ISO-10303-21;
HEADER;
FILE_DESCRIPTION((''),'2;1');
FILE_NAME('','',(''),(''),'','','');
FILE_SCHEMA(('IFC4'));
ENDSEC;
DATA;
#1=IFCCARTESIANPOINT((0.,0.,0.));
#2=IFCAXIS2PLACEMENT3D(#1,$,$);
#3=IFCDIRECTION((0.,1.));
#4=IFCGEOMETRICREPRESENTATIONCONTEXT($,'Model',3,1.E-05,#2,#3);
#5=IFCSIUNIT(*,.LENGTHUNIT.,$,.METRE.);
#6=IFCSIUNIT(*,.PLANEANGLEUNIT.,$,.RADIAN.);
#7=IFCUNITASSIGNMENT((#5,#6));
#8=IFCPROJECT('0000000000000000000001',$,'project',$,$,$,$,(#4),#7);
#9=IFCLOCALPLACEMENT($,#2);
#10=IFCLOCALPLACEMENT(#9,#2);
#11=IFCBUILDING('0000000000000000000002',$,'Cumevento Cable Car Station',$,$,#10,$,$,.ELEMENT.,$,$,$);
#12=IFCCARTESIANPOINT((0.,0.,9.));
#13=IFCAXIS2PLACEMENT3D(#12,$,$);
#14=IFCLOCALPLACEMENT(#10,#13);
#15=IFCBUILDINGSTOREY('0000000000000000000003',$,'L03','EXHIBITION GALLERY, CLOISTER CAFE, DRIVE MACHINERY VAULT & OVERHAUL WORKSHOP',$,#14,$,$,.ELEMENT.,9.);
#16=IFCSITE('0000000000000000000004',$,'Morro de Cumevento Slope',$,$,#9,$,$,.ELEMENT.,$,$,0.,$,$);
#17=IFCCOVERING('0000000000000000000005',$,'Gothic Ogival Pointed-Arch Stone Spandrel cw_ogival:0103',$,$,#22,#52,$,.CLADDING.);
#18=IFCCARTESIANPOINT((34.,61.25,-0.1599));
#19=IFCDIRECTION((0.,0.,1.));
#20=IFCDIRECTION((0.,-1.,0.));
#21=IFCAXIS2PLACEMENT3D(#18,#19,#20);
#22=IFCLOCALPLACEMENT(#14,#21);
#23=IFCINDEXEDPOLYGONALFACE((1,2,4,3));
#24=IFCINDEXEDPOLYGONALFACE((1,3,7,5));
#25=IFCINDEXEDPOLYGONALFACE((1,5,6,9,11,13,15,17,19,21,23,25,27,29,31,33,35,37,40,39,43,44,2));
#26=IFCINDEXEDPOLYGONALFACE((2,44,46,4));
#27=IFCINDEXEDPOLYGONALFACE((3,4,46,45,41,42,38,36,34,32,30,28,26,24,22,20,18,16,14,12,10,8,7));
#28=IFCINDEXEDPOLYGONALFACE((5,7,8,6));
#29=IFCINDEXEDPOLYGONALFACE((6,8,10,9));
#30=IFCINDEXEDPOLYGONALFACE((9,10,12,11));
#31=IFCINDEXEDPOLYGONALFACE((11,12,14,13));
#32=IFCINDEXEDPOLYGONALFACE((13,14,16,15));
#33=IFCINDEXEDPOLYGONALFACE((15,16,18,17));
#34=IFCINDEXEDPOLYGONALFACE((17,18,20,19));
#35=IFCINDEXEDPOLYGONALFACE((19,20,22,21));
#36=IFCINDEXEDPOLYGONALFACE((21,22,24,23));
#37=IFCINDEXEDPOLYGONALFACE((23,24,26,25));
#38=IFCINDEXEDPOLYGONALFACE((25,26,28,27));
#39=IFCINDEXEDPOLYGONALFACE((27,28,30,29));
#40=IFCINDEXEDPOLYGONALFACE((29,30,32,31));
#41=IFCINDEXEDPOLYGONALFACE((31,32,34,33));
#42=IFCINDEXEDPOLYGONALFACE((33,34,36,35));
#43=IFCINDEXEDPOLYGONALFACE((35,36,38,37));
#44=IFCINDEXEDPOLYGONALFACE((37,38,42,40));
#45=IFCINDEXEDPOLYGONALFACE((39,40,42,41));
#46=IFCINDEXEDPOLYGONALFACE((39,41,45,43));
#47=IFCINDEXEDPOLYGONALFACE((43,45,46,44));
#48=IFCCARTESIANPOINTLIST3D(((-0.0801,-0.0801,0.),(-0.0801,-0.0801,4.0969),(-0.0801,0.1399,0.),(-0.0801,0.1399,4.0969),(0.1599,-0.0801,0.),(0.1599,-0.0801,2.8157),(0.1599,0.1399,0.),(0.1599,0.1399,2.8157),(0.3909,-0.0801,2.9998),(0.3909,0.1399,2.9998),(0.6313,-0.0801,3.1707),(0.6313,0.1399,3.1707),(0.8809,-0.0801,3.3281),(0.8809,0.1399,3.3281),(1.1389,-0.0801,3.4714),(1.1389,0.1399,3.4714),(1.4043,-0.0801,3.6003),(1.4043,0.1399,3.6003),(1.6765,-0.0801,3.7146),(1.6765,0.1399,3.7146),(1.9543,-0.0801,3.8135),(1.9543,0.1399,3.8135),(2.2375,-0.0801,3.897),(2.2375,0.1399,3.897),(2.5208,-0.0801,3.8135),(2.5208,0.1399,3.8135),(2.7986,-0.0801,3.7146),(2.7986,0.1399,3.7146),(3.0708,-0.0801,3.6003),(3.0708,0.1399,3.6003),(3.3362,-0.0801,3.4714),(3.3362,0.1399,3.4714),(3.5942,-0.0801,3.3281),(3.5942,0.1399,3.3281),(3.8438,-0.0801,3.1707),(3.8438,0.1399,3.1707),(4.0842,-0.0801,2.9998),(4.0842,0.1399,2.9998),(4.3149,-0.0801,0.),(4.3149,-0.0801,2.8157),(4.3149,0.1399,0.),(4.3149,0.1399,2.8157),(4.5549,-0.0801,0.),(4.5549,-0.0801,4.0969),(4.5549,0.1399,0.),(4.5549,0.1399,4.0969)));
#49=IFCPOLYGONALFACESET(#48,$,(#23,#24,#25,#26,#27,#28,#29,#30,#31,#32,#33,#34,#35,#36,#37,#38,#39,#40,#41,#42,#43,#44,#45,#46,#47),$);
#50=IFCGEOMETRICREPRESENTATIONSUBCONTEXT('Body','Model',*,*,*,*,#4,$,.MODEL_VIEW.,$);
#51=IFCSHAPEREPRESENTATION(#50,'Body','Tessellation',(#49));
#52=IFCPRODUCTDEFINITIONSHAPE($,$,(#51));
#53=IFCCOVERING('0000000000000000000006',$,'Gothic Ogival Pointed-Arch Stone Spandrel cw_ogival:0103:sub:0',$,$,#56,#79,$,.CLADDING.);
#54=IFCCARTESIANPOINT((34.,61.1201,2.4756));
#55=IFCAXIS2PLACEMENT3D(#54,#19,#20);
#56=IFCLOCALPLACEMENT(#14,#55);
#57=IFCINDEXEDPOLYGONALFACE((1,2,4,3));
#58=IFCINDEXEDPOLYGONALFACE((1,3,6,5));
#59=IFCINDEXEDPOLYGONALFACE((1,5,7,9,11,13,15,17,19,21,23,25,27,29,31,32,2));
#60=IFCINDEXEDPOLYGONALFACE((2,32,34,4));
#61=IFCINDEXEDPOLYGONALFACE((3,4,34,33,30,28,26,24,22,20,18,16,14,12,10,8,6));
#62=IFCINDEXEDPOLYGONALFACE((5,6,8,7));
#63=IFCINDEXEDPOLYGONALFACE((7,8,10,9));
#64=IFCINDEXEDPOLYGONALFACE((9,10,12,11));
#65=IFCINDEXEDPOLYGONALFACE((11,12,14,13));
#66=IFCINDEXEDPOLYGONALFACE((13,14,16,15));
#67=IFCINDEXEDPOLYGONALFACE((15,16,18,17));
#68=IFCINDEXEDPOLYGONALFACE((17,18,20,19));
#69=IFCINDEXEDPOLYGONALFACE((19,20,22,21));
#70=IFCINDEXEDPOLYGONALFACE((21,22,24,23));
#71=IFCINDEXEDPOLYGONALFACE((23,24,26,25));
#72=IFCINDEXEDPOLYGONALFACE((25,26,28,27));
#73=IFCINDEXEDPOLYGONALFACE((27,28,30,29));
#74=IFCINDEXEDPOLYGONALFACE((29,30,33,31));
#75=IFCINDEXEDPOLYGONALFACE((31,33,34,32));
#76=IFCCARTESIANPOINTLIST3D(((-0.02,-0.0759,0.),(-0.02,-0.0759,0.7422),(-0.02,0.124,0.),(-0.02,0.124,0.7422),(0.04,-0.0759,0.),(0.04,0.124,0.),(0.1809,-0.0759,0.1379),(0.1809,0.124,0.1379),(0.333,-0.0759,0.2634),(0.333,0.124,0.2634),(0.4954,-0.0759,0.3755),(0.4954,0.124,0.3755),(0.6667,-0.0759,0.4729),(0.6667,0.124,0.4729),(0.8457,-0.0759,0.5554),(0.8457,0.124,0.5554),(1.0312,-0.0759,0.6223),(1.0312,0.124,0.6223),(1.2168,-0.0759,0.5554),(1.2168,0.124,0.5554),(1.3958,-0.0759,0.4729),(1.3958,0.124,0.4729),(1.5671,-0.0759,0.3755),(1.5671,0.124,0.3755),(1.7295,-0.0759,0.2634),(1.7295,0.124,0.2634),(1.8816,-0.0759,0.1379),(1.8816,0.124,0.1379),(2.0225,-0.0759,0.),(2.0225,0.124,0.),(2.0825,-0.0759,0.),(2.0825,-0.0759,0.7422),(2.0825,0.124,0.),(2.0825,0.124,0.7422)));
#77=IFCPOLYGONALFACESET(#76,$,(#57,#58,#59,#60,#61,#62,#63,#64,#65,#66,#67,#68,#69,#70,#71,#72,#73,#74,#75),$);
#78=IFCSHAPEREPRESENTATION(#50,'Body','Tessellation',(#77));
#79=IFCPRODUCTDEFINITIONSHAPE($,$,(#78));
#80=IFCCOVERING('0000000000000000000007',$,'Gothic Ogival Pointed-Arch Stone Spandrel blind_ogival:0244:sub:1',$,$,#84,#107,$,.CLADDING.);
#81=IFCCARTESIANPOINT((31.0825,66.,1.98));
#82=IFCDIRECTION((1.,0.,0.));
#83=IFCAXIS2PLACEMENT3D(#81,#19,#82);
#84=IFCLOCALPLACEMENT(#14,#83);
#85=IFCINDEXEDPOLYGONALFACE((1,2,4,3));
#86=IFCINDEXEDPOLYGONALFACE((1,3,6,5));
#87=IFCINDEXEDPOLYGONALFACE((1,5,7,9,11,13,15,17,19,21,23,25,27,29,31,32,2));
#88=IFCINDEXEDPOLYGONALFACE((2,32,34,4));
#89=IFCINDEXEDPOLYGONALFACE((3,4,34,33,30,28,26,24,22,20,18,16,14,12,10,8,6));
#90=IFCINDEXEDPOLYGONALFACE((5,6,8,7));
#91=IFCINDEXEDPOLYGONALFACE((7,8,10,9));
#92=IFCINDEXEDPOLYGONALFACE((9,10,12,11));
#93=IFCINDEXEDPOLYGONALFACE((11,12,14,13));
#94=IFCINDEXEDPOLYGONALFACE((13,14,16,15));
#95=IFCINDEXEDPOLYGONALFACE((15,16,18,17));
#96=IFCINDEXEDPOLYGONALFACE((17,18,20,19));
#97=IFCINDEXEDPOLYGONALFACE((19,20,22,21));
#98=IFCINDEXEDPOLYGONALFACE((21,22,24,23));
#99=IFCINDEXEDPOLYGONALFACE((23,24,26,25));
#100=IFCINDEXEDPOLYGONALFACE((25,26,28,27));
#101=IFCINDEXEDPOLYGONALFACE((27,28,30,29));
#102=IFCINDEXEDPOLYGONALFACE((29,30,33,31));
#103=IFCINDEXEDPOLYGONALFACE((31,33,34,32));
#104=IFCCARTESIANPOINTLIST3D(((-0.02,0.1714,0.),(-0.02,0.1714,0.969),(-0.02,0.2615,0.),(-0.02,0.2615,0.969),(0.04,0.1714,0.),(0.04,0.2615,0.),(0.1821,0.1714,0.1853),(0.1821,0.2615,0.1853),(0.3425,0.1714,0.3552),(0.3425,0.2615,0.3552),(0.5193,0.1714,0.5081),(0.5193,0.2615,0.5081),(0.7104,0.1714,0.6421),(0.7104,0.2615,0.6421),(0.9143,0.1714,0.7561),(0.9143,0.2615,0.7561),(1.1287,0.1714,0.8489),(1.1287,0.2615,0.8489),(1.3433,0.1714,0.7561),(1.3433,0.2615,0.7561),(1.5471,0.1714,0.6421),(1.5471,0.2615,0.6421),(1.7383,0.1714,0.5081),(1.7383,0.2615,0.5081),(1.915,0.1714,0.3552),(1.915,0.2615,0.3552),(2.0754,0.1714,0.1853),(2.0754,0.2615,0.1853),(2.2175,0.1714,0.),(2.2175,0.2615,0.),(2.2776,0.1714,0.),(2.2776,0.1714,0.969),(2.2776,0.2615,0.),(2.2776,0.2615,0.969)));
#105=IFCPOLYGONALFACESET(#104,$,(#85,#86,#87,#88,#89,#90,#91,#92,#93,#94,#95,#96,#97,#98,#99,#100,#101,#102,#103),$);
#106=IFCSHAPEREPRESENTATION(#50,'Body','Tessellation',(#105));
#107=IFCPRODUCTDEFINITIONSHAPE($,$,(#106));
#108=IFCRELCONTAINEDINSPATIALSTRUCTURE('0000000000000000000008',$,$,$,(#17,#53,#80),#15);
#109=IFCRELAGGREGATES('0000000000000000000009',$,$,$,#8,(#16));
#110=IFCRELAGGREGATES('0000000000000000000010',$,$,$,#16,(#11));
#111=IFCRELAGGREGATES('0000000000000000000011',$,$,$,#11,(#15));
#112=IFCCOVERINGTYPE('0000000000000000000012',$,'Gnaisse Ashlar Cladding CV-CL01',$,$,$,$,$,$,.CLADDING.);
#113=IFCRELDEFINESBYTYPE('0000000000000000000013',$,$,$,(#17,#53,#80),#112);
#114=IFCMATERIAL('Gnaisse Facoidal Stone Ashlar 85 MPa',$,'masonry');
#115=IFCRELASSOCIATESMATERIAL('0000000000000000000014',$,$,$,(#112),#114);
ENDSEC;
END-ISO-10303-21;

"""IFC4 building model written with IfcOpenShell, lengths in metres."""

from ifc_helpers import new_model, si_unit, direction, frame, origin, place, context, subcontext, project, spatial, polyline, outline, extrude, material, type_object, element, save


model = new_model("IFC4")

# Units and contexts
model_context = context("Model", 3, precision=1e-05, world=origin(), true_north=direction((0.0, 1.0)))
body_context = subcontext(model_context, "Body", "Model", "MODEL_VIEW")
ifc_project = project(units=[si_unit("LENGTHUNIT", "METRE"), si_unit("PLANEANGLEUNIT", "RADIAN")], contexts=[model_context])

# Site, building, storey
site_placement = place(None, origin())
site = spatial("IfcSite", under=ifc_project, at=site_placement, Name="Morro de Cumevento Slope", CompositionType="ELEMENT", RefElevation=0.0)
building_placement = place(site_placement, origin())
building = spatial("IfcBuilding", under=site, at=building_placement, Name="Cumevento Cable Car Station", CompositionType="ELEMENT")
storey_placement = place(building_placement, frame((0.0, 0.0, 9.0)))
storey = spatial("IfcBuildingStorey", under=building, at=storey_placement, Name="L03", Description="EXHIBITION GALLERY, CLOISTER CAFE, DRIVE MACHINERY VAULT & OVERHAUL WORKSHOP", CompositionType="ELEMENT", Elevation=9.0)

# Coverings
ifc_material_1 = material(Name="Gnaisse Facoidal Stone Ashlar 85 MPa", Category="masonry")
covering_type = type_object("IfcCoveringType", Name="Gnaisse Ashlar Cladding CV-CL01", PredefinedType="CLADDING", material=ifc_material_1)
covering_1_placement = place(storey_placement, frame((34.0, 61.25, -0.1599), z_axis=(0.0, 0.0, 1.0), x_axis=(0.0, -1.0, 0.0)))
element("IfcCovering", 1, at=covering_1_placement, inside=storey, type_object=covering_type, Name="Gothic Ogival Pointed-Arch Stone Spandrel cw_ogival:0103", PredefinedType="CLADDING", context=body_context, shape_type="SweptSolid", body=[
    extrude(outline(polyline([(-0.0801, 0.0), (-0.0801, 4.0969), (4.5549, 4.0969), (4.5549, 0.0), (4.3149, 0.0), (4.3149, 2.8157), (4.0842, 2.9998), (3.8438, 3.1707), (3.5942, 3.3281), (3.3362, 3.4714), (3.0708, 3.6003), (2.7986, 3.7146), (2.5208, 3.8135), (2.2375, 3.897), (1.9543, 3.8135), (1.6765, 3.7146), (1.4043, 3.6003), (1.1389, 3.4714), (0.8809, 3.3281), (0.6313, 3.1707), (0.3909, 2.9998), (0.1599, 2.8157), (0.1599, 0.0), (-0.0801, 0.0)])), frame((0.0, 0.1399, 0.0), z_axis=(0.0, -1.0, 0.0), x_axis=(1.0, 0.0, 0.0)), (0.0, 0.0, 1.0), 0.22),
])
covering_2_placement = place(storey_placement, frame((34.0, 61.1201, 2.4756), z_axis=(0.0, 0.0, 1.0), x_axis=(0.0, -1.0, 0.0)))
element("IfcCovering", 2, at=covering_2_placement, inside=storey, type_object=covering_type, Name="Gothic Ogival Pointed-Arch Stone Spandrel cw_ogival:0103:sub:0", PredefinedType="CLADDING", context=body_context, shape_type="SweptSolid", body=[
    extrude(outline(polyline([(-0.02, 0.0), (-0.02, 0.7422), (2.0825, 0.7422), (2.0825, 0.0), (2.0225, 0.0), (1.8816, 0.1379), (1.7295, 0.2634), (1.5671, 0.3755), (1.3958, 0.4729), (1.2168, 0.5554), (1.0312, 0.6223), (0.8457, 0.5554), (0.6667, 0.4729), (0.4954, 0.3755), (0.333, 0.2634), (0.1809, 0.1379), (0.04, 0.0), (-0.02, 0.0)])), frame((0.0, 0.124, 0.0), z_axis=(0.0, -1.0, 0.0), x_axis=(1.0, 0.0, 0.0)), (0.0, 0.0, 1.0), 0.2),
])
covering_3_placement = place(storey_placement, frame((31.0825, 66.0, 1.98), z_axis=(0.0, 0.0, 1.0), x_axis=(1.0, 0.0, 0.0)))
element("IfcCovering", 3, at=covering_3_placement, inside=storey, type_object=covering_type, Name="Gothic Ogival Pointed-Arch Stone Spandrel blind_ogival:0244:sub:1", PredefinedType="CLADDING", context=body_context, shape_type="SweptSolid", body=[
    extrude(outline(polyline([(-0.02, 0.0), (-0.02, 0.969), (2.2776, 0.969), (2.2776, 0.0), (2.2175, 0.0), (2.0754, 0.1853), (1.915, 0.3552), (1.7383, 0.5081), (1.5471, 0.6421), (1.3433, 0.7561), (1.1287, 0.8489), (0.9143, 0.7561), (0.7104, 0.6421), (0.5193, 0.5081), (0.3425, 0.3552), (0.1821, 0.1853), (0.04, 0.0), (-0.02, 0.0)])), frame((0.0, 0.2615, 0.0), z_axis=(0.0, -1.0, 0.0), x_axis=(1.0, 0.0, 0.0)), (0.0, 0.0, 1.0), 0.0901),
])

save(model, "model.ifc")
